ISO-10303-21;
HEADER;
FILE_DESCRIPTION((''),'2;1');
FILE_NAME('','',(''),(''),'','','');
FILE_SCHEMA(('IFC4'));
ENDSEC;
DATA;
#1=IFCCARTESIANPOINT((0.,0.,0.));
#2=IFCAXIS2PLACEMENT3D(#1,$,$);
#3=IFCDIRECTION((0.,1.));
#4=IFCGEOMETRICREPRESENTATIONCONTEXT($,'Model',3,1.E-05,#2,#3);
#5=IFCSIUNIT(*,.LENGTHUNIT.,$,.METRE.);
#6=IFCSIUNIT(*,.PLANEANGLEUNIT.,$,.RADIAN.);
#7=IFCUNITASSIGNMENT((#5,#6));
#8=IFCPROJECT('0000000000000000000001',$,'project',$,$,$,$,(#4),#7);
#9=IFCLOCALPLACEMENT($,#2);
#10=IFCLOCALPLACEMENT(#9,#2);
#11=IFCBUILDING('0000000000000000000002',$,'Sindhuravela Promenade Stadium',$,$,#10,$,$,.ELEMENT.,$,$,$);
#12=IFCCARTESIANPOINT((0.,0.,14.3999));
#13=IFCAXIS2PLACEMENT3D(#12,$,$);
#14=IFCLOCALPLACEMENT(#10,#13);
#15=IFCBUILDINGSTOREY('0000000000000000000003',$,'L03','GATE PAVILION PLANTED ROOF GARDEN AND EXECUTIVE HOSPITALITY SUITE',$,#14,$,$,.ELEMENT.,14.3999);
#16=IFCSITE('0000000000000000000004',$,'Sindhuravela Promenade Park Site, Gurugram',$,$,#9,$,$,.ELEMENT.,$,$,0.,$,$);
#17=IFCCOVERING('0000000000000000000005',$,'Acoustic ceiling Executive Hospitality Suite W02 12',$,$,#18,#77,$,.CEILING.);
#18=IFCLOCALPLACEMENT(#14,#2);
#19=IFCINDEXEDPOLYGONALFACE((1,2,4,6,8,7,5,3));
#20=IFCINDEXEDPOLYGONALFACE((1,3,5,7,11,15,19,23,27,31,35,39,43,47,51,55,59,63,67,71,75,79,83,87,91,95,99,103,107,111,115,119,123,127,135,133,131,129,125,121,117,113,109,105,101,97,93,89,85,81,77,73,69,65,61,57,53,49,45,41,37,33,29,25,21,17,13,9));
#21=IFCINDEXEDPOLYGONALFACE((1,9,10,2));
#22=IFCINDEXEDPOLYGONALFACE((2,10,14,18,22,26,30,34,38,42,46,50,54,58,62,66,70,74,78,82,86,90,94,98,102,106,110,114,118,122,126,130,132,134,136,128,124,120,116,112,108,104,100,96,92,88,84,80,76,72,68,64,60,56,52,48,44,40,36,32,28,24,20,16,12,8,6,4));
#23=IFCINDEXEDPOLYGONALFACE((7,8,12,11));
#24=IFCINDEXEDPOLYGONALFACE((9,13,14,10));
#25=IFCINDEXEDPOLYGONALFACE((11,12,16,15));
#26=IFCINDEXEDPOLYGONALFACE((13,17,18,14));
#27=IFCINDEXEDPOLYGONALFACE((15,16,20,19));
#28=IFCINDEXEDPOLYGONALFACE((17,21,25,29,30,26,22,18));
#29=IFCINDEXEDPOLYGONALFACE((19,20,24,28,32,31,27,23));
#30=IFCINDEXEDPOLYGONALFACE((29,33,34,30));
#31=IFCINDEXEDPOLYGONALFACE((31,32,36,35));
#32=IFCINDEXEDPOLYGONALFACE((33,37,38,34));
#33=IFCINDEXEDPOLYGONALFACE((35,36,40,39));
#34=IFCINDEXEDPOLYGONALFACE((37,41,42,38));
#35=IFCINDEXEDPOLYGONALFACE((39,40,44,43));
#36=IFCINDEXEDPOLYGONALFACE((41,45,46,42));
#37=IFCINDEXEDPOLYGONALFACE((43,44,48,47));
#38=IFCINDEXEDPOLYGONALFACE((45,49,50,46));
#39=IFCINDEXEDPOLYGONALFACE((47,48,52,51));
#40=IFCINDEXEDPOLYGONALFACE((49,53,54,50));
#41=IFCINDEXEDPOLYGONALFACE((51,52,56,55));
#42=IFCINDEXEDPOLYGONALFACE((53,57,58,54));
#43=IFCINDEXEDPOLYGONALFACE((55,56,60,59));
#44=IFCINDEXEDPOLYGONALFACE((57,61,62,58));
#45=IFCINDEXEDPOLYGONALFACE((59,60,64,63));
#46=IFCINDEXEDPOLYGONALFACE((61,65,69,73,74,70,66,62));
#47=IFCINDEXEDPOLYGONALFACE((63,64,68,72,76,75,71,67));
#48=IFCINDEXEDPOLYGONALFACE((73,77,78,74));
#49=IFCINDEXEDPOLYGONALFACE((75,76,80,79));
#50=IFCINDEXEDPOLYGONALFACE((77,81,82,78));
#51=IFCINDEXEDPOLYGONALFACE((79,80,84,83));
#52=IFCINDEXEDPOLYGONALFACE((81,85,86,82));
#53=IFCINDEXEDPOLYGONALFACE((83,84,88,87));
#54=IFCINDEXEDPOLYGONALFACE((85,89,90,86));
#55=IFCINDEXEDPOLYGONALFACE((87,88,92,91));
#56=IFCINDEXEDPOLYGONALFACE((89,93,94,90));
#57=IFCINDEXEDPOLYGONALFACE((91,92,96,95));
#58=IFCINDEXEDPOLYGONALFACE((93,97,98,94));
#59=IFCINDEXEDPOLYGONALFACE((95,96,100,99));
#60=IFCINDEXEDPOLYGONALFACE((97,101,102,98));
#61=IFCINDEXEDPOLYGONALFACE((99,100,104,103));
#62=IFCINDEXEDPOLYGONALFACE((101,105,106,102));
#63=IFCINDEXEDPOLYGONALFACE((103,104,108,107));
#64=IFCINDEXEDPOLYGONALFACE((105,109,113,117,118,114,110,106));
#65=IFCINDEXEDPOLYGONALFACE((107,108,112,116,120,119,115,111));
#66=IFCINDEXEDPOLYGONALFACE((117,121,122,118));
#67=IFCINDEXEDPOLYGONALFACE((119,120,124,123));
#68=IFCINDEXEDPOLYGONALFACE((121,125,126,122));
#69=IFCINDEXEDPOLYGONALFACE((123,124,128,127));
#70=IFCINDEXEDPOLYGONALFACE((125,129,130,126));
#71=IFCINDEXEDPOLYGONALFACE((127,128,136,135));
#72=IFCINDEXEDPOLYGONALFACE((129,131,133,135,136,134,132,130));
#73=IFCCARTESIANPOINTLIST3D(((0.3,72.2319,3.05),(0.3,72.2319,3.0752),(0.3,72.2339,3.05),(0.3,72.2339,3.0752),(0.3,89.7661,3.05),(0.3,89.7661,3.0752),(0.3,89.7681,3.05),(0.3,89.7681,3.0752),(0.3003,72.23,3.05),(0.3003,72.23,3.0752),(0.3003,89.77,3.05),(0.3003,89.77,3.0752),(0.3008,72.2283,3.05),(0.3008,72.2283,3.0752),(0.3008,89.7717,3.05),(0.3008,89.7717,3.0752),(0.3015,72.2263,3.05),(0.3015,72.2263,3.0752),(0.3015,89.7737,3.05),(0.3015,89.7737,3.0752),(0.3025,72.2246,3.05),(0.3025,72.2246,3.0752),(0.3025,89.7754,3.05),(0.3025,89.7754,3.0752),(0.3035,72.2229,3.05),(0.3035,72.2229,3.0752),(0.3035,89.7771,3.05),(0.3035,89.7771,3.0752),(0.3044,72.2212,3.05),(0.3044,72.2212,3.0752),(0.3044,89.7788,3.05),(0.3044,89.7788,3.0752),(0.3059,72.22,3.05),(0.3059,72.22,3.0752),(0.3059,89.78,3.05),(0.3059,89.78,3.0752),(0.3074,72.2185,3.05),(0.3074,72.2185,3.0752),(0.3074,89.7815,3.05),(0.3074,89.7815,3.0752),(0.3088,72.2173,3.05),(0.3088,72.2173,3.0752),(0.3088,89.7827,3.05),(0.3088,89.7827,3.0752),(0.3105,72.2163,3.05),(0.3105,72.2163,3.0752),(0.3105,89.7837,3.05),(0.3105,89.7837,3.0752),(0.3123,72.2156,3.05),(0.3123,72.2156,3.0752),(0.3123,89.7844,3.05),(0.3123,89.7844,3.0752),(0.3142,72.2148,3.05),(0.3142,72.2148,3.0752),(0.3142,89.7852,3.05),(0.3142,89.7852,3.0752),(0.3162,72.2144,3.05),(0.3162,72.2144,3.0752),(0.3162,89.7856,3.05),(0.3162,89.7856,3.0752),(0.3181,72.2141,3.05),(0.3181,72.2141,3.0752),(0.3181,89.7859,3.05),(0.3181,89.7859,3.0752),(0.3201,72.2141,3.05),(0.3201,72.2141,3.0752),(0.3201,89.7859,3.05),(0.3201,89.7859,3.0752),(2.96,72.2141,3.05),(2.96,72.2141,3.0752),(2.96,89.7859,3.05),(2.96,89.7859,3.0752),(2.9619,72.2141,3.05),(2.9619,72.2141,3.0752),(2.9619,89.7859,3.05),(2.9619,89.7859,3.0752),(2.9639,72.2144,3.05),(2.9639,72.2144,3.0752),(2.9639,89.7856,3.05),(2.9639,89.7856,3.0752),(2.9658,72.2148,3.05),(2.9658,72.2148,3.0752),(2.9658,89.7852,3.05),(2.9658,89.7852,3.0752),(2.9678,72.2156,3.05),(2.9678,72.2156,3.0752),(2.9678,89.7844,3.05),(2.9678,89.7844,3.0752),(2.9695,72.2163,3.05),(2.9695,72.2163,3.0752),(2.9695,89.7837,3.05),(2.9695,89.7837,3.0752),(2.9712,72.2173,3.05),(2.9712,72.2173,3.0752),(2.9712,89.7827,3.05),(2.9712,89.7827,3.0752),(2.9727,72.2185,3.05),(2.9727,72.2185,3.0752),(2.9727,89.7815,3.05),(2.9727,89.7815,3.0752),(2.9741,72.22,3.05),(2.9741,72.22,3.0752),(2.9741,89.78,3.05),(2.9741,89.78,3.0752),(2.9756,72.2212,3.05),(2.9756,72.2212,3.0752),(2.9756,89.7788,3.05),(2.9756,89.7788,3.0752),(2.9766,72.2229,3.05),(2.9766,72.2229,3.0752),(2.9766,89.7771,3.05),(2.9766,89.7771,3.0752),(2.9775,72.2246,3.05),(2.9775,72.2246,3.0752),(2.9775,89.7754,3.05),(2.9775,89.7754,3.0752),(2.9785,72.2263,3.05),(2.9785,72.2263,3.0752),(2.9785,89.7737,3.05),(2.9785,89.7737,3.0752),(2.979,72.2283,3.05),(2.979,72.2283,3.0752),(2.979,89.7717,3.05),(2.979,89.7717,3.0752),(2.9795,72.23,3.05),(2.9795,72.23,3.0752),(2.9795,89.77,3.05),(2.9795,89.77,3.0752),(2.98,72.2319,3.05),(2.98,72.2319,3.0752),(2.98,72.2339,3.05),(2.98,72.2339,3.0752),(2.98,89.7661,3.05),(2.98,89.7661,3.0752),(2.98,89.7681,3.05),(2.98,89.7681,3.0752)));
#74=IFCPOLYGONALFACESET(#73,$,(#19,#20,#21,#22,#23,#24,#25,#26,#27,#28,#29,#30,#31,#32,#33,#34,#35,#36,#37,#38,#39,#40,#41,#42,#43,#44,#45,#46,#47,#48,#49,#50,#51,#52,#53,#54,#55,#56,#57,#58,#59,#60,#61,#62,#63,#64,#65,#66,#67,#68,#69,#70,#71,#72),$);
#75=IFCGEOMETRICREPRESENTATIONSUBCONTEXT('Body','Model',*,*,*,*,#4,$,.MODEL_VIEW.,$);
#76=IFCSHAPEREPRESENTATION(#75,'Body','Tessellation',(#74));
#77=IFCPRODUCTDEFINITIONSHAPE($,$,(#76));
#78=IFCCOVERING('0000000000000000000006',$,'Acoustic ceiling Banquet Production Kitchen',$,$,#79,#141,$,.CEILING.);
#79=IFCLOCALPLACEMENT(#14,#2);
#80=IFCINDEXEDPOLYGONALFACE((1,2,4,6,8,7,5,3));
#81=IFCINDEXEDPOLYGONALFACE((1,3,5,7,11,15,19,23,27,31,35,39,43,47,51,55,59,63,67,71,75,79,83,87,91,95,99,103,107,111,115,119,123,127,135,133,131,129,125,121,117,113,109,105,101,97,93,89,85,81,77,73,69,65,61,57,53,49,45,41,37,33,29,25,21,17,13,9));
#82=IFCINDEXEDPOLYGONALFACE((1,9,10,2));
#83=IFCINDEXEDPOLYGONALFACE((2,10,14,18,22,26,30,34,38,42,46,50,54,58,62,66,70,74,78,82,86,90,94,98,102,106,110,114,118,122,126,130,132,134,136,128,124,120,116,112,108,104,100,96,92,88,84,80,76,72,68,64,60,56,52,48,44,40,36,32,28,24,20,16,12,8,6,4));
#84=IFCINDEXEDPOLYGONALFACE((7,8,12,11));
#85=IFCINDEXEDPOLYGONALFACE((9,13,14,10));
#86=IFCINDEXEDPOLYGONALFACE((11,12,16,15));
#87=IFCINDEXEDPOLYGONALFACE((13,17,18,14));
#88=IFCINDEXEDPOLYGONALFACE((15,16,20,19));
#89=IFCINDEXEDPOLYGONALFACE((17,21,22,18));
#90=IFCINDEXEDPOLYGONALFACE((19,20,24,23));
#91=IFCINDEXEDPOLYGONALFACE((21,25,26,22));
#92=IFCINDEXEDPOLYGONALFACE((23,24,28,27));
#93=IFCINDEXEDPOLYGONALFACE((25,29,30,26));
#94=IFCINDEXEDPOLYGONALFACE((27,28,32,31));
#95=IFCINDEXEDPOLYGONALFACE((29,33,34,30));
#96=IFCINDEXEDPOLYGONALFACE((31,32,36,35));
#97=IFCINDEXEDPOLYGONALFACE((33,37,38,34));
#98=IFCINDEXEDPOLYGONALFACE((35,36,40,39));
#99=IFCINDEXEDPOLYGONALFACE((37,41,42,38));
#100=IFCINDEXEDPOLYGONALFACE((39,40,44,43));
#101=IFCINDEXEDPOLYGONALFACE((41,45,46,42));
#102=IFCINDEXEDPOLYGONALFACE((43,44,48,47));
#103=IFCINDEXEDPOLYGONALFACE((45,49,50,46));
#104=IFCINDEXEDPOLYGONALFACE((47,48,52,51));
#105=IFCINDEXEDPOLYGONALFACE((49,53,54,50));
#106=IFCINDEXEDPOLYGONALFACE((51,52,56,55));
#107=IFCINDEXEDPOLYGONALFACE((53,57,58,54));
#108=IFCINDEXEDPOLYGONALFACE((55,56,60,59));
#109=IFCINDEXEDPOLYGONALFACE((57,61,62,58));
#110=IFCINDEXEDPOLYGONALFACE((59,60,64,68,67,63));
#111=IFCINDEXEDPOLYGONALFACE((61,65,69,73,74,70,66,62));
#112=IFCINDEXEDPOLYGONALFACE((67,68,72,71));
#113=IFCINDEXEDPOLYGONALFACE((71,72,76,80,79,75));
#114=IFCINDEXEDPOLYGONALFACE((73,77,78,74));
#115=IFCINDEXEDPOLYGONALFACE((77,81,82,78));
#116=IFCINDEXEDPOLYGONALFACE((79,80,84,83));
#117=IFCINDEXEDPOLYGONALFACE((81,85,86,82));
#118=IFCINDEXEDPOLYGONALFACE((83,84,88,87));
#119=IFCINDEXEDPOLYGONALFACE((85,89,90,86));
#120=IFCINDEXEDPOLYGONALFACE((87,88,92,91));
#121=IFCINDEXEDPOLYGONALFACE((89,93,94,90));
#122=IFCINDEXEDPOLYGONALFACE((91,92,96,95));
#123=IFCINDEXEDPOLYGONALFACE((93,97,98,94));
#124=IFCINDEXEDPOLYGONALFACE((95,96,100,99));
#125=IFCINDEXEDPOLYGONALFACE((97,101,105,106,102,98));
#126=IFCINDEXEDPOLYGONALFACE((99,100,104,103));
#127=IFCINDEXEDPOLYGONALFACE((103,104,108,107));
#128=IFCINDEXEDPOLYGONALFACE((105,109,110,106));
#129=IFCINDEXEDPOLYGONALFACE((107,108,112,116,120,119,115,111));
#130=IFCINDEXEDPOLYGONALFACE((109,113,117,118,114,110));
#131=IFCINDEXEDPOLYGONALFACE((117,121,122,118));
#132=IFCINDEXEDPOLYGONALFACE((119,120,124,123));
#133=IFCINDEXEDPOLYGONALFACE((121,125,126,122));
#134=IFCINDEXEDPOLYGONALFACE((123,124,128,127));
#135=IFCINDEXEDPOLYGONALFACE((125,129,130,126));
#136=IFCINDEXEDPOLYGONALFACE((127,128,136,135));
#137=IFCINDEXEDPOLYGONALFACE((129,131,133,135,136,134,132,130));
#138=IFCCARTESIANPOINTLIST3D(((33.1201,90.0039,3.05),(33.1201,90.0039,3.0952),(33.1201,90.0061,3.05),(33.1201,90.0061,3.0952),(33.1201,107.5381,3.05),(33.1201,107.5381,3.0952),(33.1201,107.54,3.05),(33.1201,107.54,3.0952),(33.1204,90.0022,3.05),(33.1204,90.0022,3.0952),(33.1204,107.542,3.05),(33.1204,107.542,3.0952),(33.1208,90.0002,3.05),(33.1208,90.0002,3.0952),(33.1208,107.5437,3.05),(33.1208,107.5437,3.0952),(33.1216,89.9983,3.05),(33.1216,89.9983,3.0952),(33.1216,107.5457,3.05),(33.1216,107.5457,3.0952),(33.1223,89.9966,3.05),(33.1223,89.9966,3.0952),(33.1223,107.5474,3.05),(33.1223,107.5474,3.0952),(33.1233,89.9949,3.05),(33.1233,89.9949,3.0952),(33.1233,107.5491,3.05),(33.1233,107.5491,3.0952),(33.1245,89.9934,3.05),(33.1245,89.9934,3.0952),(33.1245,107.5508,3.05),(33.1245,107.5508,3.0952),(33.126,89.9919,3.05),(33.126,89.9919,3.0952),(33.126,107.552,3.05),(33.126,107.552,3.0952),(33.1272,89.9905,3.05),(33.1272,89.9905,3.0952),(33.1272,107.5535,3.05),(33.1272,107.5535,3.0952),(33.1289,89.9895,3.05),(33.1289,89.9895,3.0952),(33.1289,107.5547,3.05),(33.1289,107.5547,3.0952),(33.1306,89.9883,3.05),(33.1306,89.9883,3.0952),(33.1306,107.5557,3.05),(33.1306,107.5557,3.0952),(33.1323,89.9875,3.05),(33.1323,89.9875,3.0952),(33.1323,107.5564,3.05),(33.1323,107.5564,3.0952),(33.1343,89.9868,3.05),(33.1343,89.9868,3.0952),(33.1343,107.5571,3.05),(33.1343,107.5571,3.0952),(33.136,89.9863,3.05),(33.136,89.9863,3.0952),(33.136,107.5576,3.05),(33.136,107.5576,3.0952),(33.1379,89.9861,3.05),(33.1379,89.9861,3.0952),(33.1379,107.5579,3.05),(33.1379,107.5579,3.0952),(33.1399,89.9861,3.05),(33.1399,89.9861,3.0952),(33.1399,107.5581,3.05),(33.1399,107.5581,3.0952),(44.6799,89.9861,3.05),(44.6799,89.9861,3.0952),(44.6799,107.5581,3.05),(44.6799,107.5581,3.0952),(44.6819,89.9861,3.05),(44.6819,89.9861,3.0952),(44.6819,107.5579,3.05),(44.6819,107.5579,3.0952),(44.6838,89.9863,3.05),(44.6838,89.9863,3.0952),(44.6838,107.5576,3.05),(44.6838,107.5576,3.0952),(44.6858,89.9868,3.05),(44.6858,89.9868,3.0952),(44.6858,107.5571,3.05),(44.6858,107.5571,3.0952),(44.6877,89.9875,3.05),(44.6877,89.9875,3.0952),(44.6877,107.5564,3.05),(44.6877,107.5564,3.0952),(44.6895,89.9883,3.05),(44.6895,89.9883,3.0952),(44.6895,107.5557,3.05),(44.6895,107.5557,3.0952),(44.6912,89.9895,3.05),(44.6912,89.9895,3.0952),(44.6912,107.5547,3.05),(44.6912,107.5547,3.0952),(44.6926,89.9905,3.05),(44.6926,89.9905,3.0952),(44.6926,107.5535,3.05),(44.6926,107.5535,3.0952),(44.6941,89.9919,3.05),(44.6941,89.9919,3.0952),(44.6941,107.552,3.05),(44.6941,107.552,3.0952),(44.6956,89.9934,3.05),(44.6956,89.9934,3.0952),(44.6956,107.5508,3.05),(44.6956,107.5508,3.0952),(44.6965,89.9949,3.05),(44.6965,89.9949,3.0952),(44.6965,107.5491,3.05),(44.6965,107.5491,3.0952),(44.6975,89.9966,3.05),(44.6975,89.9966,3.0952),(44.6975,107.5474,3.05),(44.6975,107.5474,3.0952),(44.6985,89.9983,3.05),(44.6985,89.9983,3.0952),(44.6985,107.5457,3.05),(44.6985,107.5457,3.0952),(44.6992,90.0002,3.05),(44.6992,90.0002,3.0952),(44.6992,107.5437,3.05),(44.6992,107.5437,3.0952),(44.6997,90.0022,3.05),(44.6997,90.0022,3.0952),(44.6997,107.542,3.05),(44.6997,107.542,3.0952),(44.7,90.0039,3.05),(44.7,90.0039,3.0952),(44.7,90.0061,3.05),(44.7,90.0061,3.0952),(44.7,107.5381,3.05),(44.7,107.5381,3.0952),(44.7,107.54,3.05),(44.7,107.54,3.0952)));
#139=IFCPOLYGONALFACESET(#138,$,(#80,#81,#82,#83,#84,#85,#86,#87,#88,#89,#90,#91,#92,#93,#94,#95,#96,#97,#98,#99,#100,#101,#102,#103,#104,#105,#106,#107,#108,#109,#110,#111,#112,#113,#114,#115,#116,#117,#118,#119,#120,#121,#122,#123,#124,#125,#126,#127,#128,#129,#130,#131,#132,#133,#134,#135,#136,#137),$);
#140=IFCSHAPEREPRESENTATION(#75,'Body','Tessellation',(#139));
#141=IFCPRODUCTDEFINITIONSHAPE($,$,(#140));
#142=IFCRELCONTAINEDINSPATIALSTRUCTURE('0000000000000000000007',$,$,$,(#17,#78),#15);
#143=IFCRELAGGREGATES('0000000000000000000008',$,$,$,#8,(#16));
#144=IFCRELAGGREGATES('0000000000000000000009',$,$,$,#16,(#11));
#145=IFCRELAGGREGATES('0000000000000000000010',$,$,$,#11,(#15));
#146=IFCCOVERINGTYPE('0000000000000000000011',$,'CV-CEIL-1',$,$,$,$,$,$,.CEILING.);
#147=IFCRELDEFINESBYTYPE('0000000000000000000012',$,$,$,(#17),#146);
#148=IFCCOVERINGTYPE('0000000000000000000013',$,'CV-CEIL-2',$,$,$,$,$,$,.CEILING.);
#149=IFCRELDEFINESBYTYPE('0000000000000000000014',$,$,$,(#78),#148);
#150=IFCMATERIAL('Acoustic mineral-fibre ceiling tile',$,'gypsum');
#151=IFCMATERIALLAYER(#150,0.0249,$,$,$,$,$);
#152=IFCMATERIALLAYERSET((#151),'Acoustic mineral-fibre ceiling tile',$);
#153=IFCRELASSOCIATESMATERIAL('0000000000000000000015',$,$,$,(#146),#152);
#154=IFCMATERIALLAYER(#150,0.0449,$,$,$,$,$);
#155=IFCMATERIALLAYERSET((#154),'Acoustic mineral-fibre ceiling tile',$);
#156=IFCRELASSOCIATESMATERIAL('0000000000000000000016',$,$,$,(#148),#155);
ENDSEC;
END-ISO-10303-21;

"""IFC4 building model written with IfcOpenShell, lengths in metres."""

from ifc_helpers import new_model, si_unit, direction, frame, origin, place, context, subcontext, project, spatial, polyline, outline, extrude, material, layer, layer_set, type_object, element, save


model = new_model("IFC4")

# Units and contexts
model_context = context("Model", 3, precision=1e-05, world=origin(), true_north=direction((0.0, 1.0)))
body_context = subcontext(model_context, "Body", "Model", "MODEL_VIEW")
ifc_project = project(units=[si_unit("LENGTHUNIT", "METRE"), si_unit("PLANEANGLEUNIT", "RADIAN")], contexts=[model_context])

# Site, building, storey
site_placement = place(None, origin())
site = spatial("IfcSite", under=ifc_project, at=site_placement, Name="Sindhuravela Promenade Park Site, Gurugram", CompositionType="ELEMENT", RefElevation=0.0)
building_placement = place(site_placement, origin())
building = spatial("IfcBuilding", under=site, at=building_placement, Name="Sindhuravela Promenade Stadium", CompositionType="ELEMENT")
storey_placement = place(building_placement, frame((0.0, 0.0, 14.3999)))
storey = spatial("IfcBuildingStorey", under=building, at=storey_placement, Name="L03", Description="GATE PAVILION PLANTED ROOF GARDEN AND EXECUTIVE HOSPITALITY SUITE", CompositionType="ELEMENT", Elevation=14.3999)

# Coverings
ifc_material_1 = material(Name="Acoustic mineral-fibre ceiling tile", Category="gypsum")
ifc_layer_1 = layer(ifc_material_1, 0.0249)
ifc_layer_set_1 = layer_set([ifc_layer_1], Name="Acoustic mineral-fibre ceiling tile")
covering_type_1 = type_object("IfcCoveringType", Name="CV-CEIL-1", PredefinedType="CEILING", material=ifc_layer_set_1)
covering_1_placement = place(storey_placement, frame((0.0, 0.0, 3.05)))
element("IfcCovering", 1, at=covering_1_placement, inside=storey, type_object=covering_type_1, Name="Acoustic ceiling Executive Hospitality Suite W02 12", PredefinedType="CEILING", context=body_context, shape_type="SweptSolid", body=[
    extrude(outline(polyline([(2.98, 72.2339), (2.98, 72.2319), (2.9795, 72.23), (2.979, 72.2283), (2.9785, 72.2263), (2.9775, 72.2246), (2.9766, 72.2229), (2.9756, 72.2212), (2.9741, 72.22), (2.9727, 72.2185), (2.9712, 72.2173), (2.9695, 72.2163), (2.9678, 72.2156), (2.9658, 72.2148), (2.9639, 72.2144), (2.9619, 72.2141), (2.96, 72.2141), (0.3201, 72.2141), (0.3181, 72.2141), (0.3162, 72.2144), (0.3142, 72.2148), (0.3123, 72.2156), (0.3105, 72.2163), (0.3088, 72.2173), (0.3074, 72.2185), (0.3059, 72.22), (0.3044, 72.2212), (0.3035, 72.2229), (0.3025, 72.2246), (0.3015, 72.2263), (0.3008, 72.2283), (0.3003, 72.23), (0.3, 72.2319), (0.3, 72.2339), (0.3, 89.7661), (0.3, 89.7681), (0.3003, 89.77), (0.3008, 89.7717), (0.3015, 89.7737), (0.3025, 89.7754), (0.3035, 89.7771), (0.3044, 89.7788), (0.3059, 89.78), (0.3074, 89.7815), (0.3088, 89.7827), (0.3105, 89.7837), (0.3123, 89.7844), (0.3142, 89.7852), (0.3162, 89.7856), (0.3181, 89.7859), (0.3201, 89.7859), (2.96, 89.7859), (2.9619, 89.7859), (2.9639, 89.7856), (2.9658, 89.7852), (2.9678, 89.7844), (2.9695, 89.7837), (2.9712, 89.7827), (2.9727, 89.7815), (2.9741, 89.78), (2.9756, 89.7788), (2.9766, 89.7771), (2.9775, 89.7754), (2.9785, 89.7737), (2.979, 89.7717), (2.9795, 89.77), (2.98, 89.7681), (2.98, 89.7661), (2.98, 72.2339)])), origin(), (0.0, 0.0, 1.0), 0.0251),
])
ifc_layer_2 = layer(ifc_material_1, 0.0449)
ifc_layer_set_2 = layer_set([ifc_layer_2], Name="Acoustic mineral-fibre ceiling tile")
covering_type_2 = type_object("IfcCoveringType", Name="CV-CEIL-2", PredefinedType="CEILING", material=ifc_layer_set_2)
covering_2_placement = place(storey_placement, frame((0.0, 0.0, 3.05)))
element("IfcCovering", 2, at=covering_2_placement, inside=storey, type_object=covering_type_2, Name="Acoustic ceiling Banquet Production Kitchen", PredefinedType="CEILING", context=body_context, shape_type="SweptSolid", body=[
    extrude(outline(polyline([(44.7, 90.0061), (44.7, 90.0039), (44.6997, 90.0022), (44.6992, 90.0002), (44.6985, 89.9983), (44.6975, 89.9966), (44.6965, 89.9949), (44.6956, 89.9934), (44.6941, 89.9919), (44.6926, 89.9905), (44.6912, 89.9895), (44.6895, 89.9883), (44.6877, 89.9875), (44.6858, 89.9868), (44.6838, 89.9863), (44.6819, 89.9861), (44.6799, 89.9861), (33.1399, 89.9861), (33.1379, 89.9861), (33.136, 89.9863), (33.1343, 89.9868), (33.1323, 89.9875), (33.1306, 89.9883), (33.1289, 89.9895), (33.1272, 89.9905), (33.126, 89.9919), (33.1245, 89.9934), (33.1233, 89.9949), (33.1223, 89.9966), (33.1216, 89.9983), (33.1208, 90.0002), (33.1204, 90.0022), (33.1201, 90.0039), (33.1201, 90.0061), (33.1201, 107.5381), (33.1201, 107.54), (33.1204, 107.542), (33.1208, 107.5437), (33.1216, 107.5457), (33.1223, 107.5474), (33.1233, 107.5491), (33.1245, 107.5508), (33.126, 107.552), (33.1272, 107.5535), (33.1289, 107.5547), (33.1306, 107.5557), (33.1323, 107.5564), (33.1343, 107.5571), (33.136, 107.5576), (33.1379, 107.5579), (33.1399, 107.5581), (44.6799, 107.5581), (44.6819, 107.5579), (44.6838, 107.5576), (44.6858, 107.5571), (44.6877, 107.5564), (44.6895, 107.5557), (44.6912, 107.5547), (44.6926, 107.5535), (44.6941, 107.552), (44.6956, 107.5508), (44.6965, 107.5491), (44.6975, 107.5474), (44.6985, 107.5457), (44.6992, 107.5437), (44.6997, 107.542), (44.7, 107.54), (44.7, 107.5381), (44.7, 90.0061)])), origin(), (0.0, 0.0, 1.0), 0.0452),
])

save(model, "model.ifc")
